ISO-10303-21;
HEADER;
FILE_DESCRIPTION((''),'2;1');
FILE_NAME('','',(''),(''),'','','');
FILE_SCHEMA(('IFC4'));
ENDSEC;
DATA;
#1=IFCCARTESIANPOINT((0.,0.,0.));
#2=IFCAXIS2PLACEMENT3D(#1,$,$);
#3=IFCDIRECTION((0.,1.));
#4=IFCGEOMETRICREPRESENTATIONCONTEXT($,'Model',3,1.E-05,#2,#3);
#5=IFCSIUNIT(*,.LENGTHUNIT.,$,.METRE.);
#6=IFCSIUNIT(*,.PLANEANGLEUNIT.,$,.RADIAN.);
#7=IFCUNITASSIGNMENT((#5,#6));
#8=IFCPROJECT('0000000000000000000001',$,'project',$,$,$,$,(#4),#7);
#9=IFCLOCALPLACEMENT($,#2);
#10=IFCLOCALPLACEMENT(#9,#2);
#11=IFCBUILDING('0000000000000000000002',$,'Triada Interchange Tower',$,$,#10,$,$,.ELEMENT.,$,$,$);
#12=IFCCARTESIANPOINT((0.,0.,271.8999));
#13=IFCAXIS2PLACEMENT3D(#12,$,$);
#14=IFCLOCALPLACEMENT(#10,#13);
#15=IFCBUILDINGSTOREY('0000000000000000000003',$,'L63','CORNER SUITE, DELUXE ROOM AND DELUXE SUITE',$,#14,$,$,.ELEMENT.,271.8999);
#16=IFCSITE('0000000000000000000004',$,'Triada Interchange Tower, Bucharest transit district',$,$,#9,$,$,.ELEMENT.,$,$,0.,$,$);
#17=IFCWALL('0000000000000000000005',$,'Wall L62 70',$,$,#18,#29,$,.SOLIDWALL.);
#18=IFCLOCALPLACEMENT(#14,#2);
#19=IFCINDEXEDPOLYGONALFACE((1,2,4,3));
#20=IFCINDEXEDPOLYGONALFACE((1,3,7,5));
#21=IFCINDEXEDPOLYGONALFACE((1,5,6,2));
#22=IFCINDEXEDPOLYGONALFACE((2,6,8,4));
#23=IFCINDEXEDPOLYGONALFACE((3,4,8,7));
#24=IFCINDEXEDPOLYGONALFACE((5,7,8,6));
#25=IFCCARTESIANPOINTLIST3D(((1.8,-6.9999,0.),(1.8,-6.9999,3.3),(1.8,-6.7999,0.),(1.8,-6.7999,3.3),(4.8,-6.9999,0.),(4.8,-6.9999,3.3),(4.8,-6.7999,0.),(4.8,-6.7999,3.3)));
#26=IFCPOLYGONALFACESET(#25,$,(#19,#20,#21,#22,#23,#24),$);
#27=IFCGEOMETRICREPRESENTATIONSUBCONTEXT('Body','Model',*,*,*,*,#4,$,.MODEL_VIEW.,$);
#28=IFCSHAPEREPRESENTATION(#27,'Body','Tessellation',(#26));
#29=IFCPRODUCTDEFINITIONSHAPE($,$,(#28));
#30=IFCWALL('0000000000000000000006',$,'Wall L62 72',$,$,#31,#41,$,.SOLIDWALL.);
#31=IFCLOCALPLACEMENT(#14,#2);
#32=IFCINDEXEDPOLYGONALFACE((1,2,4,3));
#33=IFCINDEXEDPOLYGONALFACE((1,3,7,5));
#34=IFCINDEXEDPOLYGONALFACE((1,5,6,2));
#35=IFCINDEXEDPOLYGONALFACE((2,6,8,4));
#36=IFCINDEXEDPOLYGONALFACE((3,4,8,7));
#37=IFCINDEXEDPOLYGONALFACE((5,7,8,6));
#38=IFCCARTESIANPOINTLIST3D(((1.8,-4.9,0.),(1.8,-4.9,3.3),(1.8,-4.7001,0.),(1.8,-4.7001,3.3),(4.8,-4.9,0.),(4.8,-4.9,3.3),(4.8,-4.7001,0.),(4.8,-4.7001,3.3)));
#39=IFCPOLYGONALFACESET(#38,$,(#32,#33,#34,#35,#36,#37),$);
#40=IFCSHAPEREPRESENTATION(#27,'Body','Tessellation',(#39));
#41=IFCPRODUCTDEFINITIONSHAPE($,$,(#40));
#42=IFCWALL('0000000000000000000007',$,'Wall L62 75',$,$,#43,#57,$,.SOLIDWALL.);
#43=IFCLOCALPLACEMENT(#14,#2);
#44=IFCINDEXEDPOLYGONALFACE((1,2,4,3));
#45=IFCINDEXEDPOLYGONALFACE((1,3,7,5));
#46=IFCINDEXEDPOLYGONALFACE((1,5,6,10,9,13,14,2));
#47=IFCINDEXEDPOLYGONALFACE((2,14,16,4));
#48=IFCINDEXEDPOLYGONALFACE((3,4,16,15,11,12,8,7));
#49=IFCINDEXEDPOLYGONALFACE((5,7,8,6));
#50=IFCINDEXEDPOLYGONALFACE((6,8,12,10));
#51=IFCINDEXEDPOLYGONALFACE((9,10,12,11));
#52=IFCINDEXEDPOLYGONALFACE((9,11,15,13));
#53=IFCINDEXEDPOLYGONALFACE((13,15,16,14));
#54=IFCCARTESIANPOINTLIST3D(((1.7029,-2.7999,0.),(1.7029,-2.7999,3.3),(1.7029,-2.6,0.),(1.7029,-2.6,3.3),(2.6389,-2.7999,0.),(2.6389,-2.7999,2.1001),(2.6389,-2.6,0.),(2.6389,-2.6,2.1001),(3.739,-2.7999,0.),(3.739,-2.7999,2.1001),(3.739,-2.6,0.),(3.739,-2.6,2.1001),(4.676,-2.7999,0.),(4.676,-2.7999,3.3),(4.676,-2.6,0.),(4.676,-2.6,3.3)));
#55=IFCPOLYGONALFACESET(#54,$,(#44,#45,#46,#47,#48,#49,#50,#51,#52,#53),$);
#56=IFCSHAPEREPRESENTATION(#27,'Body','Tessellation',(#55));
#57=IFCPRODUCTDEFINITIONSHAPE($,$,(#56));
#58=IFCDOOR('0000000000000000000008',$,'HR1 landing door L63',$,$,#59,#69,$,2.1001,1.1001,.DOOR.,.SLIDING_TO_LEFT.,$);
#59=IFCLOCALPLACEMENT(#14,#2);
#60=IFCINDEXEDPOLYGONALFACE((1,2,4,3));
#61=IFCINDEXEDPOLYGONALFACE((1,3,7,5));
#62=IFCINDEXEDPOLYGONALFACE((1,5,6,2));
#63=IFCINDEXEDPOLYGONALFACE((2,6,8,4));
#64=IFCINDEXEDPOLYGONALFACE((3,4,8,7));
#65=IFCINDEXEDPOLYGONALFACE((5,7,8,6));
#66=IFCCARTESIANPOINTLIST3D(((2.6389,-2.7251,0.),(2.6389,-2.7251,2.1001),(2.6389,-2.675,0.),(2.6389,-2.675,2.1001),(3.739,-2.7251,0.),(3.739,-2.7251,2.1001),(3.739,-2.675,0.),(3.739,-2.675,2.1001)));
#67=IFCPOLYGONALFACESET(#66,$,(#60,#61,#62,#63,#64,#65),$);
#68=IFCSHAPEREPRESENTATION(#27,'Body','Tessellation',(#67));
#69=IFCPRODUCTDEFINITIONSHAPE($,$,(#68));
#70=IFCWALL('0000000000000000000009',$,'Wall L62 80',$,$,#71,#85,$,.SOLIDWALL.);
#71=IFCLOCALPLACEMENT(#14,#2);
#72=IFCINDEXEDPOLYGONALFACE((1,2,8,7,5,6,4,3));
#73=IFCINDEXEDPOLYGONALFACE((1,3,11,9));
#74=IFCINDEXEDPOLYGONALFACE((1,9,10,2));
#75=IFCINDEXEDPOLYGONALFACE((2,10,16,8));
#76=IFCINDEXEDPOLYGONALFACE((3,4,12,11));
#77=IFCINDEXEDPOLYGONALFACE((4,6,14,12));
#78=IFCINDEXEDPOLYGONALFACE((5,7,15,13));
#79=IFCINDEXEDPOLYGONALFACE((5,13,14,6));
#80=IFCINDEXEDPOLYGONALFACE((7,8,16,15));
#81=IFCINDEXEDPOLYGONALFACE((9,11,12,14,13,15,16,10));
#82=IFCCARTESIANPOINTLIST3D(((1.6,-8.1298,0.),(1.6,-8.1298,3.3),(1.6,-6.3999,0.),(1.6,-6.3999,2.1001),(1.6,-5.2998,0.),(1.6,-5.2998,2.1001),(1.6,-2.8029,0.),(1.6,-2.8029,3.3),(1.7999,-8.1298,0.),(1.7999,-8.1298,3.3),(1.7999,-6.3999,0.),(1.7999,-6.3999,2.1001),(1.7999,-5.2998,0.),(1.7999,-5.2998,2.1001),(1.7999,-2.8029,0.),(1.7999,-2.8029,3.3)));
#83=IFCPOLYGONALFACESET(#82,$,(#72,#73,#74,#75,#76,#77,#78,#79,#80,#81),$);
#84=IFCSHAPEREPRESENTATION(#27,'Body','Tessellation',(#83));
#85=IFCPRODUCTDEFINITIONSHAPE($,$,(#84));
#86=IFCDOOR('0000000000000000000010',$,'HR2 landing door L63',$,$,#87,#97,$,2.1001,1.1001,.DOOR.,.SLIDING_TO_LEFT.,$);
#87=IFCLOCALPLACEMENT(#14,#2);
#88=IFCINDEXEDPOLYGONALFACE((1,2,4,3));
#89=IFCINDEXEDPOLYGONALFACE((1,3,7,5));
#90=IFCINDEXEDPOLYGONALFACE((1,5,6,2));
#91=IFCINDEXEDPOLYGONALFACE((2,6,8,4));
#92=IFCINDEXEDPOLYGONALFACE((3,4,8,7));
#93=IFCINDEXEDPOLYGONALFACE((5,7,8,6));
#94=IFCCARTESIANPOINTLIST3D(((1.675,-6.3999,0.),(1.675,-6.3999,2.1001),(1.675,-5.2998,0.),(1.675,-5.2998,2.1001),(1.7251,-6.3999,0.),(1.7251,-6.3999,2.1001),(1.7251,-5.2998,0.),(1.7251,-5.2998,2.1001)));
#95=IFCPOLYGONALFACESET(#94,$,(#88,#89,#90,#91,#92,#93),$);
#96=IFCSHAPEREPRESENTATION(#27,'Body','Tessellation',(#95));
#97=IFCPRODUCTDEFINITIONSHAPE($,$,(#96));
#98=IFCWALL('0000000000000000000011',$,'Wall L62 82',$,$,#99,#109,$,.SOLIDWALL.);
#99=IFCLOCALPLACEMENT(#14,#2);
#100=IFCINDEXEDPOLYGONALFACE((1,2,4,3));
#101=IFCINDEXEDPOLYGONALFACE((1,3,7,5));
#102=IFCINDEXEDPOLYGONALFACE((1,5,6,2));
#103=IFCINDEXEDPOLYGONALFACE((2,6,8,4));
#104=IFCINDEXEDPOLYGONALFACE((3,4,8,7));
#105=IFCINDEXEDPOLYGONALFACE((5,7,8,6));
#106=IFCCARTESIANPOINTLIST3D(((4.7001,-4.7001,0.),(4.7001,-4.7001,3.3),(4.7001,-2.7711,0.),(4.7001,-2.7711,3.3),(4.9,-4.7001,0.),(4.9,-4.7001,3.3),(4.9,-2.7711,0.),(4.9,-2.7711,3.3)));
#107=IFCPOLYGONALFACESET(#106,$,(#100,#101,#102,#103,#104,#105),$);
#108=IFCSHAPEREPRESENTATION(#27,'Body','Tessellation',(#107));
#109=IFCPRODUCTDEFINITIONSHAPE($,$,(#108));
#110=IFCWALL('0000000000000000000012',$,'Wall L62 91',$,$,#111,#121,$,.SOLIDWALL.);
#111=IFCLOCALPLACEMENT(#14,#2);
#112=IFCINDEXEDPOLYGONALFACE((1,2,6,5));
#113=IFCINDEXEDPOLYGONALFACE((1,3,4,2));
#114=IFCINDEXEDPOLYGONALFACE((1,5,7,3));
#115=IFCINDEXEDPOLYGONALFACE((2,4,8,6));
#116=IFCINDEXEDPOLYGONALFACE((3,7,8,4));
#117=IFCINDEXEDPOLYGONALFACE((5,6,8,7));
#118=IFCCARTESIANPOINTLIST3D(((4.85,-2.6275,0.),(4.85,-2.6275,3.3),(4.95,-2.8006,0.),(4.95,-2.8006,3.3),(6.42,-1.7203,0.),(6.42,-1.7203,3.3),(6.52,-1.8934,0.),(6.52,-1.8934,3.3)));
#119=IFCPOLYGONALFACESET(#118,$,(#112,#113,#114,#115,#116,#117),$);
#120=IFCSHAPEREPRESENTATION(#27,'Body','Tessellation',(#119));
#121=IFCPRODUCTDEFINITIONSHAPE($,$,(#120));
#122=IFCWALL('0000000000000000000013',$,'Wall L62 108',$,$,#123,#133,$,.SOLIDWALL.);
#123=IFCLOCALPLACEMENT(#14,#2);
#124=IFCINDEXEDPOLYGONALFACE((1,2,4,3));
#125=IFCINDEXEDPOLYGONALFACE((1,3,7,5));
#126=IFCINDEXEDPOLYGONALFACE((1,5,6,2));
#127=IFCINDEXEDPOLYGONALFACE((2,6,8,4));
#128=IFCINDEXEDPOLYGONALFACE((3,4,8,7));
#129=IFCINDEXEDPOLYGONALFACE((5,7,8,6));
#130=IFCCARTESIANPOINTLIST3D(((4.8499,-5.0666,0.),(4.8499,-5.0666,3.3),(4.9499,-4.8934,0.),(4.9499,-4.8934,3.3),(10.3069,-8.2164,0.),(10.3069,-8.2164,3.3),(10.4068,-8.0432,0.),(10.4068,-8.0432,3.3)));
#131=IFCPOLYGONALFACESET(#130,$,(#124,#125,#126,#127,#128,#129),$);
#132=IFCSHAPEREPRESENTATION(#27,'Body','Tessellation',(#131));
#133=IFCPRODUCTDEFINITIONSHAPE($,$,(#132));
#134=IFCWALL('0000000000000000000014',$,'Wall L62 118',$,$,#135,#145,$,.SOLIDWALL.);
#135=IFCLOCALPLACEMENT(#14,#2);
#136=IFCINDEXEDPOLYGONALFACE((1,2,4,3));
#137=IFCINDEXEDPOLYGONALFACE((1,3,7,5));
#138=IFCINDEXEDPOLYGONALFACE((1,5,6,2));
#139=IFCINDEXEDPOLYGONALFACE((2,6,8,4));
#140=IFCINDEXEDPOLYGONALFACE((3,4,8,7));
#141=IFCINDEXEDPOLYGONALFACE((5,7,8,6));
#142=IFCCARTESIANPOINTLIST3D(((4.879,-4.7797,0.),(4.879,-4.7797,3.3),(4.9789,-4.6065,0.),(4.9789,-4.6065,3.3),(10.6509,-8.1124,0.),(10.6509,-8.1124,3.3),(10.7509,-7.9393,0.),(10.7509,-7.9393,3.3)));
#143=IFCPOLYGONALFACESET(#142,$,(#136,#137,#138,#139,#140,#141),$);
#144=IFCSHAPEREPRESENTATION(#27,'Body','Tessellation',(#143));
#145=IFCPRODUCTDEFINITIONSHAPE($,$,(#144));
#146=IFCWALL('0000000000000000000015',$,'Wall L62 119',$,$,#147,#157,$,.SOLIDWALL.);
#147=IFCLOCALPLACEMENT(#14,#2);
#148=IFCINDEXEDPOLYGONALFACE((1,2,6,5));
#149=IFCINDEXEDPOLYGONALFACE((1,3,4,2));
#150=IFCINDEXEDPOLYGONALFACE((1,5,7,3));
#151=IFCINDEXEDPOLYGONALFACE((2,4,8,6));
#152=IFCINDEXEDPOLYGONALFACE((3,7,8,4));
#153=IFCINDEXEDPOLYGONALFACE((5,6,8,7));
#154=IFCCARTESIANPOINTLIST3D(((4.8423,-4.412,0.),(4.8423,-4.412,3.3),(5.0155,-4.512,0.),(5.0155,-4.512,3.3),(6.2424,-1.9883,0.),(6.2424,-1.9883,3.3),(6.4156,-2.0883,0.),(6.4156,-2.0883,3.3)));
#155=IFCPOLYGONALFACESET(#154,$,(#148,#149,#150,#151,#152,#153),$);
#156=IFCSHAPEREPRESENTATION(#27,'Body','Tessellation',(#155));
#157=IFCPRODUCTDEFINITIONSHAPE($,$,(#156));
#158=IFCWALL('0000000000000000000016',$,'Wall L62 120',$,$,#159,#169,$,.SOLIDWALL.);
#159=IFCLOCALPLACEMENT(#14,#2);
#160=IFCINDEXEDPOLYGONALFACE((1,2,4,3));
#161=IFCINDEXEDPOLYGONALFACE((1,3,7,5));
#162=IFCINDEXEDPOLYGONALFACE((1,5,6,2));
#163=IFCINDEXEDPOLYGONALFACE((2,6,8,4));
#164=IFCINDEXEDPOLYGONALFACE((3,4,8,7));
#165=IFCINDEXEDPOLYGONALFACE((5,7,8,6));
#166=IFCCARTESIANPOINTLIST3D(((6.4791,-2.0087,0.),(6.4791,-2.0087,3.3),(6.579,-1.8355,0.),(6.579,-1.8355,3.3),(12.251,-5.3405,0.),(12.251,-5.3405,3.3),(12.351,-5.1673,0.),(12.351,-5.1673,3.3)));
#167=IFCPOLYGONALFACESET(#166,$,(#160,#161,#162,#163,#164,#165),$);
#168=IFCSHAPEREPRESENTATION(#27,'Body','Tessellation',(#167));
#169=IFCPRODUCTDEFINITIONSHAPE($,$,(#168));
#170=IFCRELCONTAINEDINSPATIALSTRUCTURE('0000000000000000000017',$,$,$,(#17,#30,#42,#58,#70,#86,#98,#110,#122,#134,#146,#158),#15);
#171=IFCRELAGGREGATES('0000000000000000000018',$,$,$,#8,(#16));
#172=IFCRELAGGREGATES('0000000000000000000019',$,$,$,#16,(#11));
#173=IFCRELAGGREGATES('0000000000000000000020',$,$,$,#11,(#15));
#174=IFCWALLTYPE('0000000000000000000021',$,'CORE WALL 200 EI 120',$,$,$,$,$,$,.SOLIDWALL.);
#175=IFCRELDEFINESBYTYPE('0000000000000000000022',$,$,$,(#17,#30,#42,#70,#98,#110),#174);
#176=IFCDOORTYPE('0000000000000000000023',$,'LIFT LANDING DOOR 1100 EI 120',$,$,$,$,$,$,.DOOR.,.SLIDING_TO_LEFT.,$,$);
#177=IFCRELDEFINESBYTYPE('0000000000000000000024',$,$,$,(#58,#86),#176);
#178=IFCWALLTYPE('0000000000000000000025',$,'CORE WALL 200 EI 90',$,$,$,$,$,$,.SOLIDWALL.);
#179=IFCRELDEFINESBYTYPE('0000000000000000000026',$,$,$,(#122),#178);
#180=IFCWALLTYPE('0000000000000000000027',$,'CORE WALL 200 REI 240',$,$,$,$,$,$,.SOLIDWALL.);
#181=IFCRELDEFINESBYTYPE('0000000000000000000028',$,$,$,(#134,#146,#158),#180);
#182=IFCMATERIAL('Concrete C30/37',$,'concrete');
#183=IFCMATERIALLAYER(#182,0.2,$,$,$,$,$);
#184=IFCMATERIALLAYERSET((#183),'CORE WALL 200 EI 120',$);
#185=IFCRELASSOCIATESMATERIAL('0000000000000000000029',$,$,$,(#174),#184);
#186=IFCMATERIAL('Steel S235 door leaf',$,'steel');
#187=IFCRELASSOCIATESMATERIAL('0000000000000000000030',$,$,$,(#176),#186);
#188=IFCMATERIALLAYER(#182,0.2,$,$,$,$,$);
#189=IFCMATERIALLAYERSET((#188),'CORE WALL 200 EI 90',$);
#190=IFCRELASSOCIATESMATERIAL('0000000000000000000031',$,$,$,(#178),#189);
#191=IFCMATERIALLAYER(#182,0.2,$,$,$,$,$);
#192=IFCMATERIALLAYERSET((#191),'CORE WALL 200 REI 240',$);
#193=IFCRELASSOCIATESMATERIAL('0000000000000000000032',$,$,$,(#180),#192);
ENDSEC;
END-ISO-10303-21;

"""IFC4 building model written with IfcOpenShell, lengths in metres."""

from ifc_helpers import new_model, si_unit, direction, frame, frame_2d, origin, place, context, subcontext, project, spatial, rectangle, extrude, material, layer, layer_set, type_object, element, fill, save


model = new_model("IFC4")

# Units and contexts
model_context = context("Model", 3, precision=1e-05, world=origin(), true_north=direction((0.0, 1.0)))
body_context = subcontext(model_context, "Body", "Model", "MODEL_VIEW")
ifc_project = project(units=[si_unit("LENGTHUNIT", "METRE"), si_unit("PLANEANGLEUNIT", "RADIAN")], contexts=[model_context])

# Site, building, storey
site_placement = place(None, origin())
site = spatial("IfcSite", under=ifc_project, at=site_placement, Name="Triada Interchange Tower, Bucharest transit district", CompositionType="ELEMENT", RefElevation=0.0)
building_placement = place(site_placement, origin())
building = spatial("IfcBuilding", under=site, at=building_placement, Name="Triada Interchange Tower", CompositionType="ELEMENT")
storey_placement = place(building_placement, frame((0.0, 0.0, 271.8999)))
storey = spatial("IfcBuildingStorey", under=building, at=storey_placement, Name="L63", Description="CORNER SUITE, DELUXE ROOM AND DELUXE SUITE", CompositionType="ELEMENT", Elevation=271.8999)

# Walls
ifc_material_1 = material(Name="Concrete C30/37", Category="concrete")
ifc_layer_1 = layer(ifc_material_1, 0.2)
ifc_layer_set_1 = layer_set([ifc_layer_1], Name="CORE WALL 200 EI 120")
wall_type_1 = type_object("IfcWallType", Name="CORE WALL 200 EI 120", PredefinedType="SOLIDWALL", material=ifc_layer_set_1)
for number, where, z_axis, x_axis, name in (
    (1, (1.8, -6.8999, 0.0), (0.0, 0.0, 1.0), (1.0, 0.0, 0.0), "Wall L62 70"),
    (2, (1.8, -4.8, 0.0), (0.0, 0.0, 1.0), (1.0, 0.0, 0.0), "Wall L62 72"),
):
    element("IfcWall", number, at=place(storey_placement, frame(where, z_axis=z_axis, x_axis=x_axis)), inside=storey, type_object=wall_type_1, Name=name, PredefinedType="SOLIDWALL", context=body_context, shape_type="SweptSolid", body=[
        extrude(rectangle(XDim=3.0, YDim=0.2, at=frame_2d((1.5, 0.0))), origin(), (0.0, 0.0, 1.0), 3.3),
    ])

# Walls, openings, doors
wall_1_placement = place(storey_placement, frame((1.7029, -2.7, 0.0), z_axis=(0.0, 0.0, 1.0), x_axis=(1.0, 0.0, 0.0)))
wall_1 = element("IfcWall", 3, at=wall_1_placement, inside=storey, type_object=wall_type_1, Name="Wall L62 75", PredefinedType="SOLIDWALL", context=body_context, shape_type="SweptSolid", body=[
    extrude(rectangle(XDim=2.9731, YDim=0.2, at=frame_2d((1.4866, 0.0))), origin(), (0.0, 0.0, 1.0), 3.3),
])
opening_1_placement = place(wall_1_placement, frame((0.936, 0.0, 0.0)))
opening_1 = element("IfcOpeningElement", 4, at=opening_1_placement, cuts=wall_1, PredefinedType="OPENING", context=body_context, shape_type="SweptSolid", body=[
    extrude(rectangle(XDim=1.1001, YDim=2.1001, at=frame_2d((0.55, 1.05))), frame((0.0, 0.1099, 0.0), z_axis=(0.0, -1.0, 0.0), x_axis=(1.0, 0.0, 0.0)), (0.0, 0.0, 1.0), 0.22),
])
ifc_material_2 = material(Name="Steel S235 door leaf", Category="steel")
door_type_1 = type_object("IfcDoorType", Name="LIFT LANDING DOOR 1100 EI 120", OperationType="SLIDING_TO_LEFT", PredefinedType="DOOR", material=ifc_material_2)
door_1_placement = place(opening_1_placement, origin())
door_1 = element("IfcDoor", 5, at=door_1_placement, inside=storey, type_object=door_type_1, Name="HR1 landing door L63", OperationType="SLIDING_TO_LEFT", OverallHeight=2.1001, OverallWidth=1.1001, PredefinedType="DOOR", context=body_context, shape_type="SweptSolid", body=[
    extrude(rectangle(XDim=1.1001, YDim=2.1001, at=frame_2d((0.55, 1.05))), frame((0.0, 0.0249, 0.0), z_axis=(0.0, -1.0, 0.0), x_axis=(1.0, 0.0, 0.0)), (0.0, 0.0, 1.0), 0.05),
])
fill(opening_1, door_1)
wall_2_placement = place(storey_placement, frame((1.7, -8.1299, 0.0), z_axis=(0.0, 0.0, 1.0), x_axis=(0.0, 1.0, 0.0)))
wall_2 = element("IfcWall", 6, at=wall_2_placement, inside=storey, type_object=wall_type_1, Name="Wall L62 80", PredefinedType="SOLIDWALL", context=body_context, shape_type="SweptSolid", body=[
    extrude(rectangle(XDim=5.3269, YDim=0.2, at=frame_2d((2.6636, 0.0))), origin(), (0.0, 0.0, 1.0), 3.3),
])
opening_2_placement = place(wall_2_placement, frame((1.73, 0.0, 0.0)))
opening_2 = element("IfcOpeningElement", 7, at=opening_2_placement, cuts=wall_2, PredefinedType="OPENING", context=body_context, shape_type="SweptSolid", body=[
    extrude(rectangle(XDim=1.1001, YDim=2.1001, at=frame_2d((0.55, 1.05))), frame((0.0, 0.1099, 0.0), z_axis=(0.0, -1.0, 0.0), x_axis=(1.0, 0.0, 0.0)), (0.0, 0.0, 1.0), 0.22),
])
door_2_placement = place(opening_2_placement, origin())
door_2 = element("IfcDoor", 8, at=door_2_placement, inside=storey, type_object=door_type_1, Name="HR2 landing door L63", OperationType="SLIDING_TO_LEFT", OverallHeight=2.1001, OverallWidth=1.1001, PredefinedType="DOOR", context=body_context, shape_type="SweptSolid", body=[
    extrude(rectangle(XDim=1.1001, YDim=2.1001, at=frame_2d((0.55, 1.05))), frame((0.0, 0.0249, 0.0), z_axis=(0.0, -1.0, 0.0), x_axis=(1.0, 0.0, 0.0)), (0.0, 0.0, 1.0), 0.05),
])
fill(opening_2, door_2)

# Walls
wall_3_placement = place(storey_placement, frame((4.8, -4.7, 0.0), z_axis=(0.0, 0.0, 1.0), x_axis=(0.0, 1.0, 0.0)))
element("IfcWall", 9, at=wall_3_placement, inside=storey, type_object=wall_type_1, Name="Wall L62 82", PredefinedType="SOLIDWALL", context=body_context, shape_type="SweptSolid", body=[
    extrude(rectangle(XDim=1.929, YDim=0.2, at=frame_2d((0.9644, 0.0))), origin(), (0.0, 0.0, 1.0), 3.3),
])
wall_4_placement = place(storey_placement, frame((4.8999, -2.7141, 0.0), z_axis=(0.0, 0.0, 1.0), x_axis=(0.865847, 0.500309, 0.0)))
element("IfcWall", 10, at=wall_4_placement, inside=storey, type_object=wall_type_1, Name="Wall L62 91", PredefinedType="SOLIDWALL", context=body_context, shape_type="SweptSolid", body=[
    extrude(rectangle(XDim=1.8132, YDim=0.2, at=frame_2d((0.9067, 0.0))), origin(), (0.0, 0.0, 1.0), 3.3),
])
ifc_layer_2 = layer(ifc_material_1, 0.2)
ifc_layer_set_2 = layer_set([ifc_layer_2], Name="CORE WALL 200 EI 90")
wall_type_2 = type_object("IfcWallType", Name="CORE WALL 200 EI 90", PredefinedType="SOLIDWALL", material=ifc_layer_set_2)
wall_5_placement = place(storey_placement, frame((4.8999, -4.98, 0.0), z_axis=(0.0, 0.0, 1.0), x_axis=(0.866075, -0.499915, 0.0)))
element("IfcWall", 11, at=wall_5_placement, inside=storey, type_object=wall_type_2, Name="Wall L62 108", PredefinedType="SOLIDWALL", context=body_context, shape_type="SweptSolid", body=[
    extrude(rectangle(XDim=6.3008, YDim=0.2, at=frame_2d((3.1504, 0.0))), origin(), (0.0, 0.0, 1.0), 3.3),
])
ifc_layer_3 = layer(ifc_material_1, 0.2)
ifc_layer_set_3 = layer_set([ifc_layer_3], Name="CORE WALL 200 REI 240")
wall_type_3 = type_object("IfcWallType", Name="CORE WALL 200 REI 240", PredefinedType="SOLIDWALL", material=ifc_layer_set_3)
wall_6_placement = place(storey_placement, frame((4.929, -4.6931, 0.0), z_axis=(0.0, 0.0, 1.0), x_axis=(0.866005, -0.500035, 0.0)))
element("IfcWall", 12, at=wall_6_placement, inside=storey, type_object=wall_type_3, Name="Wall L62 118", PredefinedType="SOLIDWALL", context=body_context, shape_type="SweptSolid", body=[
    extrude(rectangle(XDim=6.665, YDim=0.2, at=frame_2d((3.3325, 0.0))), origin(), (0.0, 0.0, 1.0), 3.3),
])
wall_7_placement = place(storey_placement, frame((4.929, -4.4619, 0.0), z_axis=(0.0, 0.0, 1.0), x_axis=(0.500201, 0.86591, 0.0)))
element("IfcWall", 13, at=wall_7_placement, inside=storey, type_object=wall_type_3, Name="Wall L62 119", PredefinedType="SOLIDWALL", context=body_context, shape_type="SweptSolid", body=[
    extrude(rectangle(XDim=2.7991, YDim=0.2, at=frame_2d((1.3994, 0.0))), origin(), (0.0, 0.0, 1.0), 3.3),
])
wall_8_placement = place(storey_placement, frame((6.5291, -1.9221, 0.0), z_axis=(0.0, 0.0, 1.0), x_axis=(0.866068, -0.499925, 0.0)))
element("IfcWall", 14, at=wall_8_placement, inside=storey, type_object=wall_type_3, Name="Wall L62 120", PredefinedType="SOLIDWALL", context=body_context, shape_type="SweptSolid", body=[
    extrude(rectangle(XDim=6.6646, YDim=0.2, at=frame_2d((3.3323, 0.0))), origin(), (0.0, 0.0, 1.0), 3.3),
])

save(model, "model.ifc")
